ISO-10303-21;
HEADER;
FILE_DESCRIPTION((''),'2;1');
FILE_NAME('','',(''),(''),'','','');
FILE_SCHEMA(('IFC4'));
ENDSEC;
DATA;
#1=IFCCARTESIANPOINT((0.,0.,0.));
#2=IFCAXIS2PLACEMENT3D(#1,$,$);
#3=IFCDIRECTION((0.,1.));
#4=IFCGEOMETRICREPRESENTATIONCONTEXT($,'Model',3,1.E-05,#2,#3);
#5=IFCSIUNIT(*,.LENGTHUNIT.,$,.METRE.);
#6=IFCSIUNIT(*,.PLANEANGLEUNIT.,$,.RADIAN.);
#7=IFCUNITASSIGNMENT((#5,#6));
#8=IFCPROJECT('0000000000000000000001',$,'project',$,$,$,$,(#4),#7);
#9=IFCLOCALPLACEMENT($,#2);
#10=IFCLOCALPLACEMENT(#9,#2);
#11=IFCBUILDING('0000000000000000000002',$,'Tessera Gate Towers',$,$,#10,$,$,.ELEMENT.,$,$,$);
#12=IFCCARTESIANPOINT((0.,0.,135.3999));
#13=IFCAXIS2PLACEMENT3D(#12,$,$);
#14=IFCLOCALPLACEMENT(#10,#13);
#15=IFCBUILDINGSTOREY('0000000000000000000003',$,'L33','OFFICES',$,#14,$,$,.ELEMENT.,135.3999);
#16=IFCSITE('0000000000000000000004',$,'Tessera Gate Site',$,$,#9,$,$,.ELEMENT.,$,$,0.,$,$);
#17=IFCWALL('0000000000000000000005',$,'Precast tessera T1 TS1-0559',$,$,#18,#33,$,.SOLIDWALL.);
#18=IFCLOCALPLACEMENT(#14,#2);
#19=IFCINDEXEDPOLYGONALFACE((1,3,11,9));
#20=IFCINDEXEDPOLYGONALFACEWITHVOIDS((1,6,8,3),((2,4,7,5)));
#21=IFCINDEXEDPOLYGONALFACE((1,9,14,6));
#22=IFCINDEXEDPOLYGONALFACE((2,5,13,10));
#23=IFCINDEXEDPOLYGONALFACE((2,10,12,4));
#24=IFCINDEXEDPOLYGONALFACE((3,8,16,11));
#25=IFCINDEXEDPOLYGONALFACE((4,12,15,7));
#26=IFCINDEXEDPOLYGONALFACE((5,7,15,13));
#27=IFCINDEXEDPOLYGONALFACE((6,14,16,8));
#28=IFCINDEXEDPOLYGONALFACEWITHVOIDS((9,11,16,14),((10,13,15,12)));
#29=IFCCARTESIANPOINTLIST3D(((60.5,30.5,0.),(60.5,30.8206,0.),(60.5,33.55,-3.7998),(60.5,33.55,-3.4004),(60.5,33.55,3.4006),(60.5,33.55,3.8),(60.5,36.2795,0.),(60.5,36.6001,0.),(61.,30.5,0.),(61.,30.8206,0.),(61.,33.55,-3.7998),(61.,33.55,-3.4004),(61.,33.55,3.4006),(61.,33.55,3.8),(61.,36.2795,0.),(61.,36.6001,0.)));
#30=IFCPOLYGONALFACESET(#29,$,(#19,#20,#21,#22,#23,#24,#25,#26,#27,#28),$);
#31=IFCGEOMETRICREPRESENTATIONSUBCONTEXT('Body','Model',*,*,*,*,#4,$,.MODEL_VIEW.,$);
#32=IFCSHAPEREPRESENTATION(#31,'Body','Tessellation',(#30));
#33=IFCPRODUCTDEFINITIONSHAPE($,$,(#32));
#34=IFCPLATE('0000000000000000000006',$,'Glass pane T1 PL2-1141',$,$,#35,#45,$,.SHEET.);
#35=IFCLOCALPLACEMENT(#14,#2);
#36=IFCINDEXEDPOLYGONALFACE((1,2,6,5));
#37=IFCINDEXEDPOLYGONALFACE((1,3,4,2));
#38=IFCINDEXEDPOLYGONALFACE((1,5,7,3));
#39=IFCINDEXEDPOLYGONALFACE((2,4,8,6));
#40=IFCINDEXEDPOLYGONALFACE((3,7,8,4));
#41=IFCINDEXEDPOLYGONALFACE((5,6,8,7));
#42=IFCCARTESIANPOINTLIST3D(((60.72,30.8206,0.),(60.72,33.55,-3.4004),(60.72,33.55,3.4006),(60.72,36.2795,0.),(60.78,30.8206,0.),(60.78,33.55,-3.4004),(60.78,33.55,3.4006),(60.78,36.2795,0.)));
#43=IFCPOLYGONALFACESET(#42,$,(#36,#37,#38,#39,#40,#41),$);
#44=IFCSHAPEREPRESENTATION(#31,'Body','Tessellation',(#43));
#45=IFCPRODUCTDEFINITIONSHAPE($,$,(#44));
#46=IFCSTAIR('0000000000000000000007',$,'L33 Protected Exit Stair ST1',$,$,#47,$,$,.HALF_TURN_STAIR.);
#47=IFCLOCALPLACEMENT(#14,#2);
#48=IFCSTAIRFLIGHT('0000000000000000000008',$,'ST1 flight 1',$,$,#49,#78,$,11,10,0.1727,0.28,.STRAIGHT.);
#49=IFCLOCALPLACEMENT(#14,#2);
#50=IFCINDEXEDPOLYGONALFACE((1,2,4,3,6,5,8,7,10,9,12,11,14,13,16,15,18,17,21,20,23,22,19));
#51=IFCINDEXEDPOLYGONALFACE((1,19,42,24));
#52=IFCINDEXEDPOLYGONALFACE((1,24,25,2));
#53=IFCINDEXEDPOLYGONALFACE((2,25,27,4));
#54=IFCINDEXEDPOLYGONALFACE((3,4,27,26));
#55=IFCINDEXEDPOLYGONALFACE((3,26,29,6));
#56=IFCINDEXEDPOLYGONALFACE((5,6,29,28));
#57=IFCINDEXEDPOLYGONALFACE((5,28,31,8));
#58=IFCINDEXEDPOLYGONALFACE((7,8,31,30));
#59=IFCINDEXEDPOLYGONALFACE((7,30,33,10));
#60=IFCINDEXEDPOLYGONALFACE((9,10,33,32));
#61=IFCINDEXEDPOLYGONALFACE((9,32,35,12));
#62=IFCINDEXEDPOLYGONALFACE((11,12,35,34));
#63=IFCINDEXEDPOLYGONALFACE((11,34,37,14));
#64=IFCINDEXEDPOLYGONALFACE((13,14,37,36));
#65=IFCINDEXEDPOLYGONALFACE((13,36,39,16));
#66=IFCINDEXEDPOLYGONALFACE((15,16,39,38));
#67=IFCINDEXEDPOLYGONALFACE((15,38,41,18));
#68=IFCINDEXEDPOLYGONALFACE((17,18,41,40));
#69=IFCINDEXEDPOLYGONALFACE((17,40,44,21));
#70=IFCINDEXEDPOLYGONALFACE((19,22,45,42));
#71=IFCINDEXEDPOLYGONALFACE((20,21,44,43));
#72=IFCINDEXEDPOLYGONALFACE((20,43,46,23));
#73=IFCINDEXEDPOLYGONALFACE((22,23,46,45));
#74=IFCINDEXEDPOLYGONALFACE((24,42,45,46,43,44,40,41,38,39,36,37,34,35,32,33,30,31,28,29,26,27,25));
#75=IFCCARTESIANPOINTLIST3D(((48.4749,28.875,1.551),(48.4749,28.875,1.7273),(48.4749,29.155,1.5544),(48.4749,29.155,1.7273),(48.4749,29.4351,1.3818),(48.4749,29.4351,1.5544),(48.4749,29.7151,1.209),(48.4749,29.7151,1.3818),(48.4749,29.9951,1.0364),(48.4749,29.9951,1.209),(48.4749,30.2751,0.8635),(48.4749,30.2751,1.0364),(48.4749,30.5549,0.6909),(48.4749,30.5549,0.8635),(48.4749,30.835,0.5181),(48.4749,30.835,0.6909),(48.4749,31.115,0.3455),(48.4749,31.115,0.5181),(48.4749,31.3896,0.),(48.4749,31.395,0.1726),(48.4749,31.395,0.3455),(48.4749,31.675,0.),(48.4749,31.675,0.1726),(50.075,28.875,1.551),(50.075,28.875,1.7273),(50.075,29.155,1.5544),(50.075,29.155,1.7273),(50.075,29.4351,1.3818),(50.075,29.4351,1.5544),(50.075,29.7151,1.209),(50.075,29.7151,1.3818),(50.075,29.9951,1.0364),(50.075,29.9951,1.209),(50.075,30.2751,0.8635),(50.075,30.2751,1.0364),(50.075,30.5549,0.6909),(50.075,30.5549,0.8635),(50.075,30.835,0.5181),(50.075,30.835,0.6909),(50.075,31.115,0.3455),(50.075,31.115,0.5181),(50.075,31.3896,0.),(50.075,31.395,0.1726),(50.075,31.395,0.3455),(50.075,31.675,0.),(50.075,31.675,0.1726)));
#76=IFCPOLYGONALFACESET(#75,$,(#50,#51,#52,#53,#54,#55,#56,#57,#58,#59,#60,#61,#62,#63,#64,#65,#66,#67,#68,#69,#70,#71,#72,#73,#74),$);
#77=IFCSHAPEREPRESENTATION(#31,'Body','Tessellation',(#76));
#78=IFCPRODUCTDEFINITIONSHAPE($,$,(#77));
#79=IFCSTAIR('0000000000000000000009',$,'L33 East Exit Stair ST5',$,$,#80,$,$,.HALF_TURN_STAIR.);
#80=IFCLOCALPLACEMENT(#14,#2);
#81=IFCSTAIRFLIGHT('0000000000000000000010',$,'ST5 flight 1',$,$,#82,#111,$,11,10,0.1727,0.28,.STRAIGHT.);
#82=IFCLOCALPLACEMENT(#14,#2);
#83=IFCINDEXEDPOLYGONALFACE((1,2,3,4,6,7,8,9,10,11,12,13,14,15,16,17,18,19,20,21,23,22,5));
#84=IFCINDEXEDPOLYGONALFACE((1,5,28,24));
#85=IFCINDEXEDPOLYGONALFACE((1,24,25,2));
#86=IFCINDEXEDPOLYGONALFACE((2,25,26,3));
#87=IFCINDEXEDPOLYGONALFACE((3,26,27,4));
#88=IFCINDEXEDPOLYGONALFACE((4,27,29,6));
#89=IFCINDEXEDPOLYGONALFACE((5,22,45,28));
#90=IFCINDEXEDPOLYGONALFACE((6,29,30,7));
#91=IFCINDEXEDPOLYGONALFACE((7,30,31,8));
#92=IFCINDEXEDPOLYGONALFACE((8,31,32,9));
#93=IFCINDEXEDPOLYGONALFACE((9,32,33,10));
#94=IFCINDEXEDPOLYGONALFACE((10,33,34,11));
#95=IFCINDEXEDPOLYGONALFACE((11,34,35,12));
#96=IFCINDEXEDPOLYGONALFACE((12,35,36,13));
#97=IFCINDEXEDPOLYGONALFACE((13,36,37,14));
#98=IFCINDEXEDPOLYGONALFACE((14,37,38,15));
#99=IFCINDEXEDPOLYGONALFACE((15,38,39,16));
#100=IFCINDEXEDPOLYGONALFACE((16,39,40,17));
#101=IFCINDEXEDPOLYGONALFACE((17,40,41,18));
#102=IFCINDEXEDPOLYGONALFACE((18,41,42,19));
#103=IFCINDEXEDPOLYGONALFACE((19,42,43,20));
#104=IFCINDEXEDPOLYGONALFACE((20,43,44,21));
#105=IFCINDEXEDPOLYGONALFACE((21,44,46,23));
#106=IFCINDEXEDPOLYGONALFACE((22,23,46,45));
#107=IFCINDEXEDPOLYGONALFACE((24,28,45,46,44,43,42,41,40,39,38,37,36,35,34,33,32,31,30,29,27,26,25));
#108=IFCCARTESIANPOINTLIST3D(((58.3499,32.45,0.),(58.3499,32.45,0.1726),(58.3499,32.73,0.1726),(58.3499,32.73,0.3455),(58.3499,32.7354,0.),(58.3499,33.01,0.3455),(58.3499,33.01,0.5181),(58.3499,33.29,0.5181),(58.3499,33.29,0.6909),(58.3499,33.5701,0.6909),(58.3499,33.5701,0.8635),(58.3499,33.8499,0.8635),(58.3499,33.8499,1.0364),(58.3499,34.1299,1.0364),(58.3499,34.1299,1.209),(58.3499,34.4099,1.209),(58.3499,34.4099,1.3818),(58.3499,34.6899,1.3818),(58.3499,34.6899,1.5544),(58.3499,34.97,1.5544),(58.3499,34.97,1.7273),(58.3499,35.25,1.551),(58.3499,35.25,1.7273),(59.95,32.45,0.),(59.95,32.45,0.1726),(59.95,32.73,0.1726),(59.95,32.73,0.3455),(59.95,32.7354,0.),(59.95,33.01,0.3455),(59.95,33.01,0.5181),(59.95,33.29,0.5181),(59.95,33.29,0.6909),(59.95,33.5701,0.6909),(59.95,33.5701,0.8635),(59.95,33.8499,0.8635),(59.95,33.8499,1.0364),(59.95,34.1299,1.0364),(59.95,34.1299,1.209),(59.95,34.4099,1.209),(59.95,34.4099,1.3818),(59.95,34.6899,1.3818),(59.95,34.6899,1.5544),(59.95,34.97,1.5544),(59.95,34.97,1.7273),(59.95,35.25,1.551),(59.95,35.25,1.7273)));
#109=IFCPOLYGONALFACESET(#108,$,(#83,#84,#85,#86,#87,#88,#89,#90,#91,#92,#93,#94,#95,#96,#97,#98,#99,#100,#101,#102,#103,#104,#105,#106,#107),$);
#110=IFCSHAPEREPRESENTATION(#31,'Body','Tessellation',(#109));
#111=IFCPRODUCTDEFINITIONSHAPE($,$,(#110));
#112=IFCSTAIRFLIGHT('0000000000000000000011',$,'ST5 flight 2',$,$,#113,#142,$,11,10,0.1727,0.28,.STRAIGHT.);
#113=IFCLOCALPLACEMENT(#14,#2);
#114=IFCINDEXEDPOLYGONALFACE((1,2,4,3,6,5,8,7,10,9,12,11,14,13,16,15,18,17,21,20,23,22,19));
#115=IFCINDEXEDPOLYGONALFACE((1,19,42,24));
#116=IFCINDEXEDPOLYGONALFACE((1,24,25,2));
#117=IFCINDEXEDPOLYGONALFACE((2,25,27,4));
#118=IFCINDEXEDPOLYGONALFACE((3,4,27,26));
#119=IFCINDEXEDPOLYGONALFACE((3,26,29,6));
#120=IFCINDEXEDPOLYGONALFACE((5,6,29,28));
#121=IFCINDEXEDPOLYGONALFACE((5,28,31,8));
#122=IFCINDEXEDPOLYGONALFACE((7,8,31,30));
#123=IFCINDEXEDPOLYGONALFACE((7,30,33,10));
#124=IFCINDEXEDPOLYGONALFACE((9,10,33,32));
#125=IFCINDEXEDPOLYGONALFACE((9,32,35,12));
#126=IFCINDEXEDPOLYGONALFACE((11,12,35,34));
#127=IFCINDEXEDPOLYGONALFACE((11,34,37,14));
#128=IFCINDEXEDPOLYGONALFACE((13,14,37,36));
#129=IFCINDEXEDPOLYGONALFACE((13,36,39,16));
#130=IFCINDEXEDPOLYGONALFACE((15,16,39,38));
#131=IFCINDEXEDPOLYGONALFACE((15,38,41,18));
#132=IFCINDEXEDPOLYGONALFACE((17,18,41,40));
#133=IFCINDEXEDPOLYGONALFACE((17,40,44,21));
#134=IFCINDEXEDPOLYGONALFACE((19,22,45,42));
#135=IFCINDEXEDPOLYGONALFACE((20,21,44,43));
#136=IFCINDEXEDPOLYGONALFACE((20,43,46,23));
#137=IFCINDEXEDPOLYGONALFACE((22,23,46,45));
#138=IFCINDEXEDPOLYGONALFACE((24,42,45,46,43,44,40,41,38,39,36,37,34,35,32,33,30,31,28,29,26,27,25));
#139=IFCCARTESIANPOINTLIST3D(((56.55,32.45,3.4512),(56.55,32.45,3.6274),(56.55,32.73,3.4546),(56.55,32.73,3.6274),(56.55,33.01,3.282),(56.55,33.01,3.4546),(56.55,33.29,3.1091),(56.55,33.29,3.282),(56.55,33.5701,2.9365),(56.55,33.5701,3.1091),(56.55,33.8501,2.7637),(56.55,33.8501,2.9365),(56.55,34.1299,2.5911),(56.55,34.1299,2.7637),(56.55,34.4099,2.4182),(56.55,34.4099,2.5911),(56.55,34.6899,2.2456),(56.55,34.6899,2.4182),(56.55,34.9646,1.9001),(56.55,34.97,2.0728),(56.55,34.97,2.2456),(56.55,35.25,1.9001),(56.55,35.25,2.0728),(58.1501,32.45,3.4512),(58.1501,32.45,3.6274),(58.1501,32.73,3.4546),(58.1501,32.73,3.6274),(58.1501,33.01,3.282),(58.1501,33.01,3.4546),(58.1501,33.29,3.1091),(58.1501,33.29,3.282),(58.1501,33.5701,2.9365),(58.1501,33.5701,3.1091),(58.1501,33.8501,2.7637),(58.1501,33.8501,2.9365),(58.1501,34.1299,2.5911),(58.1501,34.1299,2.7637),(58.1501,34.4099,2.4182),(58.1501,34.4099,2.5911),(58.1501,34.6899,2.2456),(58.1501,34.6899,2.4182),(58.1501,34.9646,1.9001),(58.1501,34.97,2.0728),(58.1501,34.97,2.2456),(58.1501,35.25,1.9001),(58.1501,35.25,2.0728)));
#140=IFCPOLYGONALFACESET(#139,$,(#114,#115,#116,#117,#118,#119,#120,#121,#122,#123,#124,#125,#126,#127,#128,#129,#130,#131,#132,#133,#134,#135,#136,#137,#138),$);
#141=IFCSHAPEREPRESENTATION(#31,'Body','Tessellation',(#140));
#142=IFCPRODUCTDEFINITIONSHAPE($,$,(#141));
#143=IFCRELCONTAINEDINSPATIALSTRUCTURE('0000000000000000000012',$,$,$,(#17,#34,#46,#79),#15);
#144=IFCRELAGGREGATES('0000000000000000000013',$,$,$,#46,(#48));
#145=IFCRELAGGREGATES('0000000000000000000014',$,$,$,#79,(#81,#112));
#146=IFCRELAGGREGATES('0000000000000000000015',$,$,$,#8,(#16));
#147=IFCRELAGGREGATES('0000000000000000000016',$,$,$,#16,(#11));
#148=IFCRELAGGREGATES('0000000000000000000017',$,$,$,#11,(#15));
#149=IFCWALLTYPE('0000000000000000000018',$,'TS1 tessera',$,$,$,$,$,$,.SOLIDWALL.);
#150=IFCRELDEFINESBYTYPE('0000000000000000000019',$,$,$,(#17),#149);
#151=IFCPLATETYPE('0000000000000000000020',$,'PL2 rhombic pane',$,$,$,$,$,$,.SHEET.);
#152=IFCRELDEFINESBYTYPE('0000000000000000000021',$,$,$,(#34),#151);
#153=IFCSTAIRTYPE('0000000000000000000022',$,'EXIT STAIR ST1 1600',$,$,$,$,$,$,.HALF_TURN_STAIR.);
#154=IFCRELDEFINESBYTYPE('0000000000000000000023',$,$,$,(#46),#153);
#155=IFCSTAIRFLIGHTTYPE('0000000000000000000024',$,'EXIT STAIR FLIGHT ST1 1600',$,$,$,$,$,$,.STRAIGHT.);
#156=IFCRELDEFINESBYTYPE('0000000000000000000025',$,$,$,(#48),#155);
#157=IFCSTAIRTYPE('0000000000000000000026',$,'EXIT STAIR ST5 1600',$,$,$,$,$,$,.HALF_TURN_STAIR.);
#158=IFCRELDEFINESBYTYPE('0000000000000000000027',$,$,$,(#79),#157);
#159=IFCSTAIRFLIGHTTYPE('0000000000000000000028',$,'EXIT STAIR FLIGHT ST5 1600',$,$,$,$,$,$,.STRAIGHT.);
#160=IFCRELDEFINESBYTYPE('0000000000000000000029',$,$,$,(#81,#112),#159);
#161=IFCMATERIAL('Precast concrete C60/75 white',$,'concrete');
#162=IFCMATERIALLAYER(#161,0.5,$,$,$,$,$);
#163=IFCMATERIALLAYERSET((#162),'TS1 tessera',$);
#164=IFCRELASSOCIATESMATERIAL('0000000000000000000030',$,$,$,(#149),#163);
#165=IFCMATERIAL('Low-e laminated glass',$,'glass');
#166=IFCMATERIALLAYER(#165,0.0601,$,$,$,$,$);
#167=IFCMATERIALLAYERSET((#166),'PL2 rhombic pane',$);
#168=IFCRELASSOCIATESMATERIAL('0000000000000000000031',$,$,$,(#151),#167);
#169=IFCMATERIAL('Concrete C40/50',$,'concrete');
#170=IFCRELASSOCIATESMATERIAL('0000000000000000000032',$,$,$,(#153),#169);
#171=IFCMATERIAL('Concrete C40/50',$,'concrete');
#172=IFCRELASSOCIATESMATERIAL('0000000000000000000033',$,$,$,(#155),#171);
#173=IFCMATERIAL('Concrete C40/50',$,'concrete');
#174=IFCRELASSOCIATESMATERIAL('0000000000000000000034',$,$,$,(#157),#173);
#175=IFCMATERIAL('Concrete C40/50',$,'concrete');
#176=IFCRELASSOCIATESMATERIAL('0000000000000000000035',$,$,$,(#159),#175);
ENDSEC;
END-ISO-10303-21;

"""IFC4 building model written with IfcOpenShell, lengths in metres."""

from ifc_helpers import new_model, si_unit, direction, frame, origin, place, context, subcontext, project, spatial, polyline, outline, extrude, source, transform, mapped, material, layer, layer_set, type_object, element, fill, aggregate, save


model = new_model("IFC4")

# Units and contexts
model_context = context("Model", 3, precision=1e-05, world=origin(), true_north=direction((0.0, 1.0)))
body_context = subcontext(model_context, "Body", "Model", "MODEL_VIEW")
ifc_project = project(units=[si_unit("LENGTHUNIT", "METRE"), si_unit("PLANEANGLEUNIT", "RADIAN")], contexts=[model_context])

# Site, building, storey
site_placement = place(None, origin())
site = spatial("IfcSite", under=ifc_project, at=site_placement, Name="Tessera Gate Site", CompositionType="ELEMENT", RefElevation=0.0)
building_placement = place(site_placement, origin())
building = spatial("IfcBuilding", under=site, at=building_placement, Name="Tessera Gate Towers", CompositionType="ELEMENT")
storey_placement = place(building_placement, frame((0.0, 0.0, 135.3999)))
storey = spatial("IfcBuildingStorey", under=building, at=storey_placement, Name="L33", Description="OFFICES", CompositionType="ELEMENT", Elevation=135.3999)

# Wall, opening, plate
ifc_material_1 = material(Name="Precast concrete C60/75 white", Category="concrete")
ifc_layer_1 = layer(ifc_material_1, 0.5)
ifc_layer_set_1 = layer_set([ifc_layer_1], Name="TS1 tessera")
wall_type_1 = type_object("IfcWallType", Name="TS1 tessera", PredefinedType="SOLIDWALL", material=ifc_layer_set_1)
shared_shape_1 = source(origin(), body_context, "Body", "SweptSolid", [
    extrude(outline(polyline([(3.05, 0.0), (6.1001, 3.7998), (3.05, 7.5999), (0.0, 3.7998), (3.05, 0.0)])), frame((0.0, 0.25, 0.0), z_axis=(0.0, -1.0, 0.0), x_axis=(1.0, 0.0, 0.0)), (0.0, 0.0, 1.0), 0.5),
])
wall_1_placement = place(storey_placement, frame((60.75, 30.5, -3.7998), z_axis=(0.0, 0.0, 1.0), x_axis=(0.0, 1.0, 0.0)))
wall_1 = element("IfcWall", 1, at=wall_1_placement, inside=storey, type_object=wall_type_1, Name="Precast tessera T1 TS1-0559", PredefinedType="SOLIDWALL", context=body_context, shape_type="MappedRepresentation", body=[
    mapped(shared_shape_1, transform((0.0, 0.0, 0.0), scale=1.0)),
])
shared_shape_2 = source(origin(), body_context, "Body", "SweptSolid", [
    extrude(outline(polyline([(3.05, 0.3994), (5.7795, 3.7998), (3.05, 7.2004), (0.3206, 3.7998), (3.05, 0.3994)])), frame((0.0, 0.26, 0.0), z_axis=(0.0, -1.0, 0.0), x_axis=(1.0, 0.0, 0.0)), (0.0, 0.0, 1.0), 0.52),
])
opening_1_placement = place(wall_1_placement, origin())
opening_1 = element("IfcOpeningElement", 2, at=opening_1_placement, cuts=wall_1, PredefinedType="OPENING", context=body_context, shape_type="MappedRepresentation", body=[
    mapped(shared_shape_2, transform((0.0, 0.0, 0.0), scale=1.0)),
])
ifc_material_2 = material(Name="Low-e laminated glass", Category="glass")
ifc_layer_2 = layer(ifc_material_2, 0.0601)
ifc_layer_set_2 = layer_set([ifc_layer_2], Name="PL2 rhombic pane")
plate_type = type_object("IfcPlateType", Name="PL2 rhombic pane", PredefinedType="SHEET", material=ifc_layer_set_2)
shared_shape_3 = source(origin(), body_context, "Body", "SweptSolid", [
    extrude(outline(polyline([(3.05, 0.3994), (5.7795, 3.7998), (3.05, 7.2004), (0.3206, 3.7998), (3.05, 0.3994)])), frame((0.0, 0.03, 0.0), z_axis=(0.0, -1.0, 0.0), x_axis=(1.0, 0.0, 0.0)), (0.0, 0.0, 1.0), 0.0601),
])
plate_placement = place(opening_1_placement, origin())
plate = element("IfcPlate", 3, at=plate_placement, inside=storey, type_object=plate_type, Name="Glass pane T1 PL2-1141", PredefinedType="SHEET", context=body_context, shape_type="MappedRepresentation", body=[
    mapped(shared_shape_3, transform((0.0, 0.0, 0.0), scale=1.0)),
])
fill(opening_1, plate)

# Stair, stair flight
ifc_material_3 = material(Name="Concrete C40/50", Category="concrete")
stair_type_1 = type_object("IfcStairType", Name="EXIT STAIR ST1 1600", PredefinedType="HALF_TURN_STAIR", material=ifc_material_3)
stair_1_placement = place(storey_placement, origin())
stair_1 = element("IfcStair", 4, at=stair_1_placement, inside=storey, type_object=stair_type_1, Name="L33 Protected Exit Stair ST1", PredefinedType="HALF_TURN_STAIR")
ifc_material_4 = material(Name="Concrete C40/50", Category="concrete")
stair_flight_type_1 = type_object("IfcStairFlightType", Name="EXIT STAIR FLIGHT ST1 1600", PredefinedType="STRAIGHT", material=ifc_material_4)
stair_flight_1_placement = place(storey_placement, frame((49.2749, 31.675, 0.0), z_axis=(0.0, 0.0, 1.0), x_axis=(0.0, -1.0, 0.0)))
stair_flight_1 = element("IfcStairFlight", 5, at=stair_flight_1_placement, type_object=stair_flight_type_1, Name="ST1 flight 1", NumberOfRisers=11, NumberOfTreads=10, PredefinedType="STRAIGHT", RiserHeight=0.1727, TreadLength=0.28, context=body_context, shape_type="SweptSolid", body=[
    extrude(outline(polyline([(0.0, 0.0), (0.0, 0.1726), (0.28, 0.1726), (0.28, 0.3455), (0.5601, 0.3455), (0.5601, 0.5181), (0.8401, 0.5181), (0.8401, 0.6909), (1.1201, 0.6909), (1.1201, 0.8635), (1.3999, 0.8635), (1.3999, 1.0364), (1.6799, 1.0364), (1.6799, 1.209), (1.96, 1.209), (1.96, 1.3818), (2.24, 1.3818), (2.24, 1.5544), (2.52, 1.5544), (2.52, 1.7273), (2.8, 1.7273), (2.8, 1.8999), (2.8, 1.551), (0.2854, 0.0), (0.0, 0.0)])), frame((0.0, 0.8, 0.0), z_axis=(0.0, -1.0, 0.0), x_axis=(1.0, 0.0, 0.0)), (0.0, 0.0, 1.0), 1.6001),
])
aggregate(stair_1, [stair_flight_1])

# Stair, stair flights
ifc_material_5 = material(Name="Concrete C40/50", Category="concrete")
stair_type_2 = type_object("IfcStairType", Name="EXIT STAIR ST5 1600", PredefinedType="HALF_TURN_STAIR", material=ifc_material_5)
stair_2_placement = place(storey_placement, origin())
stair_2 = element("IfcStair", 6, at=stair_2_placement, inside=storey, type_object=stair_type_2, Name="L33 East Exit Stair ST5", PredefinedType="HALF_TURN_STAIR")
ifc_material_6 = material(Name="Concrete C40/50", Category="concrete")
stair_flight_type_2 = type_object("IfcStairFlightType", Name="EXIT STAIR FLIGHT ST5 1600", PredefinedType="STRAIGHT", material=ifc_material_6)
stair_flight_2_placement = place(storey_placement, frame((59.1499, 32.45, 0.0), z_axis=(0.0, 0.0, 1.0), x_axis=(0.0, 1.0, 0.0)))
stair_flight_2 = element("IfcStairFlight", 7, at=stair_flight_2_placement, type_object=stair_flight_type_2, Name="ST5 flight 1", NumberOfRisers=11, NumberOfTreads=10, PredefinedType="STRAIGHT", RiserHeight=0.1727, TreadLength=0.28, context=body_context, shape_type="SweptSolid", body=[
    extrude(outline(polyline([(0.0, 0.0), (0.0, 0.1726), (0.28, 0.1726), (0.28, 0.3455), (0.5601, 0.3455), (0.5601, 0.5181), (0.8401, 0.5181), (0.8401, 0.6909), (1.1201, 0.6909), (1.1201, 0.8635), (1.3999, 0.8635), (1.3999, 1.0364), (1.6799, 1.0364), (1.6799, 1.209), (1.96, 1.209), (1.96, 1.3818), (2.24, 1.3818), (2.24, 1.5544), (2.52, 1.5544), (2.52, 1.7273), (2.8, 1.7273), (2.8, 1.8999), (2.8, 1.551), (0.2854, 0.0), (0.0, 0.0)])), frame((0.0, 0.8, 0.0), z_axis=(0.0, -1.0, 0.0), x_axis=(1.0, 0.0, 0.0)), (0.0, 0.0, 1.0), 1.6001),
])
stair_flight_3_placement = place(storey_placement, frame((57.3501, 35.25, 1.9001), z_axis=(0.0, 0.0, 1.0), x_axis=(0.0, -1.0, 0.0)))
stair_flight_3 = element("IfcStairFlight", 8, at=stair_flight_3_placement, type_object=stair_flight_type_2, Name="ST5 flight 2", NumberOfRisers=11, NumberOfTreads=10, PredefinedType="STRAIGHT", RiserHeight=0.1727, TreadLength=0.28, context=body_context, shape_type="SweptSolid", body=[
    extrude(outline(polyline([(0.0, 0.0), (0.0, 0.1726), (0.28, 0.1726), (0.28, 0.3455), (0.5601, 0.3455), (0.5601, 0.5181), (0.8401, 0.5181), (0.8401, 0.6909), (1.1201, 0.6909), (1.1201, 0.8635), (1.3999, 0.8635), (1.3999, 1.0364), (1.6799, 1.0364), (1.6799, 1.209), (1.96, 1.209), (1.96, 1.3818), (2.24, 1.3818), (2.24, 1.5544), (2.52, 1.5544), (2.52, 1.7273), (2.8, 1.7273), (2.8, 1.8999), (2.8, 1.551), (0.2854, 0.0), (0.0, 0.0)])), frame((0.0, 0.8, 0.0), z_axis=(0.0, -1.0, 0.0), x_axis=(1.0, 0.0, 0.0)), (0.0, 0.0, 1.0), 1.6001),
])
aggregate(stair_2, [stair_flight_2, stair_flight_3])

save(model, "model.ifc")
